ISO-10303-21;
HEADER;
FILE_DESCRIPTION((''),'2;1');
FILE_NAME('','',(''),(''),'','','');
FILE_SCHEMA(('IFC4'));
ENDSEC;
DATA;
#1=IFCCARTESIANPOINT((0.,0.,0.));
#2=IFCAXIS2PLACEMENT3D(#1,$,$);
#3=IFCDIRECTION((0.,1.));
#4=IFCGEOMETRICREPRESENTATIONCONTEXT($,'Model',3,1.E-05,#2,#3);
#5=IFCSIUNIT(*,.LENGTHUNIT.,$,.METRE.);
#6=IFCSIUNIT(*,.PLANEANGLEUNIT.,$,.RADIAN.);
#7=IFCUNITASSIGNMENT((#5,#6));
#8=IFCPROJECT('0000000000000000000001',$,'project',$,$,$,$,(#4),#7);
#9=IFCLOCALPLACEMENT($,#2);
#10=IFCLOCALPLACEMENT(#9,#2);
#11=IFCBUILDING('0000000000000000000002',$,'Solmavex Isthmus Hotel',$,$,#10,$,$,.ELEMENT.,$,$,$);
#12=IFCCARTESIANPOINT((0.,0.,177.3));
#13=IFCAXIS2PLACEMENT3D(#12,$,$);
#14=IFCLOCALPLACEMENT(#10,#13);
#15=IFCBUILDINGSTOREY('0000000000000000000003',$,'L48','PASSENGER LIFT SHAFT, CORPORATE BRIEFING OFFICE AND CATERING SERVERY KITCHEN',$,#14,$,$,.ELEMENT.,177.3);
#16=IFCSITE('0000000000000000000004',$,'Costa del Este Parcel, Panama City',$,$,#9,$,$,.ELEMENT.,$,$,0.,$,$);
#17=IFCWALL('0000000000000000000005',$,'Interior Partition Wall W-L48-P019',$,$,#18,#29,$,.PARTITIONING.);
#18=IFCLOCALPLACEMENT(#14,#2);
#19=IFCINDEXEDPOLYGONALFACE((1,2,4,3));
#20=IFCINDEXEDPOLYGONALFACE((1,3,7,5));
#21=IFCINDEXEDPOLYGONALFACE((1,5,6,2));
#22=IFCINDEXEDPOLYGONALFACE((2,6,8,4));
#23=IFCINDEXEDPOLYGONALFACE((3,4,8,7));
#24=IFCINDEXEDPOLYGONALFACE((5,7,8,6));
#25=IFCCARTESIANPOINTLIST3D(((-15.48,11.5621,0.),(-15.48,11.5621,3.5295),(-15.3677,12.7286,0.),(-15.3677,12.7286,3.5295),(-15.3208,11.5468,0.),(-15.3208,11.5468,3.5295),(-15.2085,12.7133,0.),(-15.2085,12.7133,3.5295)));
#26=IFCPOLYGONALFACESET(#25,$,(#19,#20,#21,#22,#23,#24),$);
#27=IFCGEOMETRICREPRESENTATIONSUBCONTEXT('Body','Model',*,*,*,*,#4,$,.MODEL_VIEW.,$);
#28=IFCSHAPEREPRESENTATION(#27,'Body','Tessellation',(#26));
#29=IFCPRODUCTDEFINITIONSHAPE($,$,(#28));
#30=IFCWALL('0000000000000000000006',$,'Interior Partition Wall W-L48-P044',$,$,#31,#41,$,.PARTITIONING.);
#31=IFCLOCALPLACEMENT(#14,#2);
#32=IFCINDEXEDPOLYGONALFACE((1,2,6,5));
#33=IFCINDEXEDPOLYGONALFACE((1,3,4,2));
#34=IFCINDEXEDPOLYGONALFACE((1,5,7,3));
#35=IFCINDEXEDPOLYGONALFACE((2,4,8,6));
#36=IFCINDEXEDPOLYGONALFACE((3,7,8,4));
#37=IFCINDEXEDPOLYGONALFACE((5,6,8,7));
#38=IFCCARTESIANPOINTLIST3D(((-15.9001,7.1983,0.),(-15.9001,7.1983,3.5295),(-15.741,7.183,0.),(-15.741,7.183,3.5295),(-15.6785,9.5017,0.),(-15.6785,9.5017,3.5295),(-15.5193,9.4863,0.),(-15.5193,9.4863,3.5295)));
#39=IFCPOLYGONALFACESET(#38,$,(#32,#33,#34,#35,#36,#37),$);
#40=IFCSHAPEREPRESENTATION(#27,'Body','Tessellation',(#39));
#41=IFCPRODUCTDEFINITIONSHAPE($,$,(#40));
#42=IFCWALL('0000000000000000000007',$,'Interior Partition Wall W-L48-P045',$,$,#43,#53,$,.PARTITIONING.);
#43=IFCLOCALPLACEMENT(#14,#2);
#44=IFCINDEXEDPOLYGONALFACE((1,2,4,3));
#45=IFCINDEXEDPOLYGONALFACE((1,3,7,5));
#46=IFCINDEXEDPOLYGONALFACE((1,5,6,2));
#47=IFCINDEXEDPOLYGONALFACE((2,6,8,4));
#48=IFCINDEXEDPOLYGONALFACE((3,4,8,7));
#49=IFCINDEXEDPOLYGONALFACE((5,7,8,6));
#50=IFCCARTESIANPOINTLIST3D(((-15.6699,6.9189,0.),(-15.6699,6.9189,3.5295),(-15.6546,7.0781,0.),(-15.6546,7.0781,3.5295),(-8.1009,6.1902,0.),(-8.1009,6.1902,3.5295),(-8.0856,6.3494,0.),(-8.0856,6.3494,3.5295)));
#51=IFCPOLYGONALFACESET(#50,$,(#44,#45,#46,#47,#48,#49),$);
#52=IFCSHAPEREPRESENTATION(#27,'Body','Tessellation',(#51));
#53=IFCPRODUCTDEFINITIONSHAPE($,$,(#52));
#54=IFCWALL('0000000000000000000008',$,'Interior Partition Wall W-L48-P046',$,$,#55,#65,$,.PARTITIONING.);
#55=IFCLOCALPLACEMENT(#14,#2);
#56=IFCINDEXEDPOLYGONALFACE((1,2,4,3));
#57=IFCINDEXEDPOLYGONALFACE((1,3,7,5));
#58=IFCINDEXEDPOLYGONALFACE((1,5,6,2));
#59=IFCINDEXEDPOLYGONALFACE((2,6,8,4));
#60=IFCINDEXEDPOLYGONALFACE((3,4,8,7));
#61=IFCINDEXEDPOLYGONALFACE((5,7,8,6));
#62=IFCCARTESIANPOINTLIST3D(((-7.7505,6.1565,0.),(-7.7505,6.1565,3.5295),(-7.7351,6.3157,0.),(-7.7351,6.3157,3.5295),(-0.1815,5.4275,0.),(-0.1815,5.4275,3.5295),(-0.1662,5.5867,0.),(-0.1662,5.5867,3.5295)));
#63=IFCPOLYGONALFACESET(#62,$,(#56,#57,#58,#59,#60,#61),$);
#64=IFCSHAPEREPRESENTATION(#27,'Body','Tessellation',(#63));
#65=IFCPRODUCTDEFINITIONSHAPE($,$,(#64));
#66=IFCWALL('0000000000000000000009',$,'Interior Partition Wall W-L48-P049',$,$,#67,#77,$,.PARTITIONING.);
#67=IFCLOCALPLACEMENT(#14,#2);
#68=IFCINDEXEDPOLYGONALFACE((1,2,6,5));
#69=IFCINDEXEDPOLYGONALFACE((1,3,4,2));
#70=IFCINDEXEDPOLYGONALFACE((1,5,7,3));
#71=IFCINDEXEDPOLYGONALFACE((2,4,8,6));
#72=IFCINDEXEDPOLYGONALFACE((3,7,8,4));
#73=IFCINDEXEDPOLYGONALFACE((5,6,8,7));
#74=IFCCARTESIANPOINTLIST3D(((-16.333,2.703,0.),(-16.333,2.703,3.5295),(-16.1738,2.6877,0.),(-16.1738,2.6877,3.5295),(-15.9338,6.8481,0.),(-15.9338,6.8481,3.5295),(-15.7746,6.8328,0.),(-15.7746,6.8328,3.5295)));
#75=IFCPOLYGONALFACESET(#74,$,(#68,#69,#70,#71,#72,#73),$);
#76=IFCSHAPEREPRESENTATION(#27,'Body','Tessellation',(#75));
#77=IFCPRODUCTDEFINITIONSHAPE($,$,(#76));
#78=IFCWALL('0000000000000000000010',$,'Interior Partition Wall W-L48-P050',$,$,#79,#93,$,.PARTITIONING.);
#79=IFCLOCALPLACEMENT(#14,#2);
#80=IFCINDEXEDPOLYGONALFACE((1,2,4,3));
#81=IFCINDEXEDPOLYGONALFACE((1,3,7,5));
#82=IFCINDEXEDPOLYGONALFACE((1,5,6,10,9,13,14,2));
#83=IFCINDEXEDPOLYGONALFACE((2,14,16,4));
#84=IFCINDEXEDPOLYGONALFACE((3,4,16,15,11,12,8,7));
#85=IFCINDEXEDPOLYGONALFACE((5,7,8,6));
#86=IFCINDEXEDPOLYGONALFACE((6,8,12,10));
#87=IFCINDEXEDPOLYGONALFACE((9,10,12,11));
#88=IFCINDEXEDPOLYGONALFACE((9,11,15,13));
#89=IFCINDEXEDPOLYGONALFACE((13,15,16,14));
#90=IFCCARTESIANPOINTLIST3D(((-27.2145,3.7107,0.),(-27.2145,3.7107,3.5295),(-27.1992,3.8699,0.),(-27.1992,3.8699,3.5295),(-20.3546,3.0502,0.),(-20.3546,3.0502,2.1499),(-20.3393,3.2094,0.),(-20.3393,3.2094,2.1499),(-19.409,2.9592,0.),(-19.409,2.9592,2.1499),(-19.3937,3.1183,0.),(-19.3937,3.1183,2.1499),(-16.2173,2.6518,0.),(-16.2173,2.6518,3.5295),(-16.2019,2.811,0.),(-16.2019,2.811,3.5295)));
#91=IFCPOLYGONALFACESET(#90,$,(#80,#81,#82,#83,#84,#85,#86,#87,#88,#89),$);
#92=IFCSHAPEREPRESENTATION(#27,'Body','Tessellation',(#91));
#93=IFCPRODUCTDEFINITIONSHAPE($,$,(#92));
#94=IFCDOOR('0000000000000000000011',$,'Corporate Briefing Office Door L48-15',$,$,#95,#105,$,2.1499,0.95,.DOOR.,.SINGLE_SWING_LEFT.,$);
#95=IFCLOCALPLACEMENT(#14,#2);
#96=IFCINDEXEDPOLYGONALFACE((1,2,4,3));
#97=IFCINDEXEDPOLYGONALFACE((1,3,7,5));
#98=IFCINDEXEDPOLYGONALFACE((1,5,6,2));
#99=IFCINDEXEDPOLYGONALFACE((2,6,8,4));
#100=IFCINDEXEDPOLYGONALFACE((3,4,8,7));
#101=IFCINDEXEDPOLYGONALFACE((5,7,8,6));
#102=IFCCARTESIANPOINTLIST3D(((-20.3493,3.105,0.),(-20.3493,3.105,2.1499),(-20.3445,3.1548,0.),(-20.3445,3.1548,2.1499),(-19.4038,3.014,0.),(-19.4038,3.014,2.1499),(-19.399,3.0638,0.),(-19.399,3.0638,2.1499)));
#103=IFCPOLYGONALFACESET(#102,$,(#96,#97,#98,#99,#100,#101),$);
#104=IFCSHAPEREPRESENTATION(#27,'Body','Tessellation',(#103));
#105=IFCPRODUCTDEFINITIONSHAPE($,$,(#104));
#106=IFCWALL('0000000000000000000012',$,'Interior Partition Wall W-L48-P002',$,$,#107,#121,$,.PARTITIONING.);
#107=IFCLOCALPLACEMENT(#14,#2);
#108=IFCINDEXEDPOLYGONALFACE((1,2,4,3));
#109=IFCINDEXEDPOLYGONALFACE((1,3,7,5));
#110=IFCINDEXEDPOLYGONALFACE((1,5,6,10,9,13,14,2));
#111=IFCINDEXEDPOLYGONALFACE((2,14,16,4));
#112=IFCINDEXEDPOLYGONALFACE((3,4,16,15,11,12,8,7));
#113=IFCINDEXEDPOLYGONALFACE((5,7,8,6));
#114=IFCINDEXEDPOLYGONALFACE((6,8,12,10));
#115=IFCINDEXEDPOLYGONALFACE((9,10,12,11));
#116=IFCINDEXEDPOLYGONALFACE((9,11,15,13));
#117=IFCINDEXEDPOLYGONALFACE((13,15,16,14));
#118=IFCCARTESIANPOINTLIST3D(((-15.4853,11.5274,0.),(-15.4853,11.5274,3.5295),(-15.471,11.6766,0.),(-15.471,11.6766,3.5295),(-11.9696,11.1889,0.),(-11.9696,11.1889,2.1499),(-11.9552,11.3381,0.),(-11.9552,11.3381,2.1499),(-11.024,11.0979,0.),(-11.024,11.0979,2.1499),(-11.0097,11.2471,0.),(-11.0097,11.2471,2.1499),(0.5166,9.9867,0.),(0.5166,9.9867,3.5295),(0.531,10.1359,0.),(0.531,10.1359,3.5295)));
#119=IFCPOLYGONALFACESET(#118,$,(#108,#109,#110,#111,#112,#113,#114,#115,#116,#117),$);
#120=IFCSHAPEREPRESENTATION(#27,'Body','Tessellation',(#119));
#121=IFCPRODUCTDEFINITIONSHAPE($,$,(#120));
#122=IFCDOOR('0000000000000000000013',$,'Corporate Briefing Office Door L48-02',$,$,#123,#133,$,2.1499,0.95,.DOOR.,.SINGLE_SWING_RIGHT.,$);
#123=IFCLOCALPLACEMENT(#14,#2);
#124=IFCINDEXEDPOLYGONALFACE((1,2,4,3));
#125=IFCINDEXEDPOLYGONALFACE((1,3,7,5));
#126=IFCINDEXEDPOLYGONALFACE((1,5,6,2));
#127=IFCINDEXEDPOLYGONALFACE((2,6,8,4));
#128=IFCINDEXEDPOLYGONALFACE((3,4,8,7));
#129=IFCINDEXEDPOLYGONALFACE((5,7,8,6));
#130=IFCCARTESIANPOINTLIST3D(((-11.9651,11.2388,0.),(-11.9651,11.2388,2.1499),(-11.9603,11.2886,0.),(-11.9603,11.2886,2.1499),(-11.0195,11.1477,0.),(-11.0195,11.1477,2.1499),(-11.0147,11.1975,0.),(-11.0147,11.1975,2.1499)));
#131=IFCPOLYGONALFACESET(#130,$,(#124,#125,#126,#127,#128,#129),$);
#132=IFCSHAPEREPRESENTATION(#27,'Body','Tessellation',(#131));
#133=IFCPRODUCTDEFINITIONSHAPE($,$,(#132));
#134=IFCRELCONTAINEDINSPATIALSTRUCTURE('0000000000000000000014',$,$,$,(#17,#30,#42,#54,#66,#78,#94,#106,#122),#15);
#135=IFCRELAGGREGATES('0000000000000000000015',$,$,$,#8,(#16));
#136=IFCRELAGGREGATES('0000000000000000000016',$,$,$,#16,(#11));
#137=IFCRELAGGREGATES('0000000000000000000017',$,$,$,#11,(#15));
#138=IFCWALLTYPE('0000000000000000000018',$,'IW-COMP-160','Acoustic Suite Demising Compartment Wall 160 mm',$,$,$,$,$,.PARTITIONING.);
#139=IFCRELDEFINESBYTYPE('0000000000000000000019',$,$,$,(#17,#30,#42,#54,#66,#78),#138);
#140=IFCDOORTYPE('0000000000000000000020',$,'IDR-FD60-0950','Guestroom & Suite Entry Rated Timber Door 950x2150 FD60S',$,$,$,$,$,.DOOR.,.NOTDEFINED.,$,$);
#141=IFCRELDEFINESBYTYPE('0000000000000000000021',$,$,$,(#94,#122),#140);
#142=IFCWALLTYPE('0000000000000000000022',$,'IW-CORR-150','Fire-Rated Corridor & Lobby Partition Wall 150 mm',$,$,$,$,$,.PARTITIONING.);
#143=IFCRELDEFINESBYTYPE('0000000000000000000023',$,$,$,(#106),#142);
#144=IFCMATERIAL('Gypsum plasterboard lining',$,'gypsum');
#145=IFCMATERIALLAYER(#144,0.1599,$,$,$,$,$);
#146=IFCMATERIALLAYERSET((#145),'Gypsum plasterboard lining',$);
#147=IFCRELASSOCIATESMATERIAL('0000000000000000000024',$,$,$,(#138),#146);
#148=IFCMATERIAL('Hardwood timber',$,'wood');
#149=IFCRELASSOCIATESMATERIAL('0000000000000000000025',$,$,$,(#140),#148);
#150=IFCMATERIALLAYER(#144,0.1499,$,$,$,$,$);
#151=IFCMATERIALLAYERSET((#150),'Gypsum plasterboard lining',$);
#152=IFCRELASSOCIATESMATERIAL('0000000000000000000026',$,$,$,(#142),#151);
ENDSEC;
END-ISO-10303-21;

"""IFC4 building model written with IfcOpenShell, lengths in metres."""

from ifc_helpers import new_model, si_unit, direction, frame, frame_2d, origin, place, context, subcontext, project, spatial, rectangle, extrude, material, layer, layer_set, type_object, element, fill, save


model = new_model("IFC4")

# Units and contexts
model_context = context("Model", 3, precision=1e-05, world=origin(), true_north=direction((0.0, 1.0)))
body_context = subcontext(model_context, "Body", "Model", "MODEL_VIEW")
ifc_project = project(units=[si_unit("LENGTHUNIT", "METRE"), si_unit("PLANEANGLEUNIT", "RADIAN")], contexts=[model_context])

# Site, building, storey
site_placement = place(None, origin())
site = spatial("IfcSite", under=ifc_project, at=site_placement, Name="Costa del Este Parcel, Panama City", CompositionType="ELEMENT", RefElevation=0.0)
building_placement = place(site_placement, origin())
building = spatial("IfcBuilding", under=site, at=building_placement, Name="Solmavex Isthmus Hotel", CompositionType="ELEMENT")
storey_placement = place(building_placement, frame((0.0, 0.0, 177.3)))
storey = spatial("IfcBuildingStorey", under=building, at=storey_placement, Name="L48", Description="PASSENGER LIFT SHAFT, CORPORATE BRIEFING OFFICE AND CATERING SERVERY KITCHEN", CompositionType="ELEMENT", Elevation=177.3)

# Walls
ifc_material_1 = material(Name="Gypsum plasterboard lining", Category="gypsum")
ifc_layer_1 = layer(ifc_material_1, 0.1599)
ifc_layer_set_1 = layer_set([ifc_layer_1], Name="Gypsum plasterboard lining")
wall_type_1 = type_object("IfcWallType", Name="IW-COMP-160", Description="Acoustic Suite Demising Compartment Wall 160 mm", PredefinedType="PARTITIONING", material=ifc_layer_set_1)
wall_1_placement = place(storey_placement, frame((-15.2881, 12.7209, 0.0), z_axis=(0.0, 0.0, 1.0), x_axis=(-0.095831, -0.995398, 0.0)))
element("IfcWall", 1, at=wall_1_placement, inside=storey, type_object=wall_type_1, Name="Interior Partition Wall W-L48-P019", PredefinedType="PARTITIONING", context=body_context, shape_type="SweptSolid", body=[
    extrude(rectangle(XDim=1.1719, YDim=0.1599, at=frame_2d((0.5859, 0.0))), origin(), (0.0, 0.0, 1.0), 3.5295),
])
wall_2_placement = place(storey_placement, frame((-15.8206, 7.1907, 0.0), z_axis=(0.0, 0.0, 1.0), x_axis=(0.095805, 0.9954, 0.0)))
element("IfcWall", 2, at=wall_2_placement, inside=storey, type_object=wall_type_1, Name="Interior Partition Wall W-L48-P044", PredefinedType="PARTITIONING", context=body_context, shape_type="SweptSolid", body=[
    extrude(rectangle(XDim=2.314, YDim=0.1599, at=frame_2d((1.157, 0.0))), origin(), (0.0, 0.0, 1.0), 3.5295),
])
for number, where, z_axis, x_axis, name in (
    (3, (-8.0933, 6.2698, 0.0), (0.0, 0.0, 1.0), (-0.995397, 0.095838, 0.0), "Interior Partition Wall W-L48-P045"),
    (4, (-0.1738, 5.5071, 0.0), (0.0, 0.0, 1.0), (-0.995394, 0.09587, 0.0), "Interior Partition Wall W-L48-P046"),
):
    element("IfcWall", number, at=place(storey_placement, frame(where, z_axis=z_axis, x_axis=x_axis)), inside=storey, type_object=wall_type_1, Name=name, PredefinedType="PARTITIONING", context=body_context, shape_type="SweptSolid", body=[
        extrude(rectangle(XDim=7.604, YDim=0.1599, at=frame_2d((3.802, 0.0))), origin(), (0.0, 0.0, 1.0), 3.5295),
    ])
wall_3_placement = place(storey_placement, frame((-15.8542, 6.8403, 0.0), z_axis=(0.0, 0.0, 1.0), x_axis=(-0.095858, -0.995395, 0.0)))
element("IfcWall", 5, at=wall_3_placement, inside=storey, type_object=wall_type_1, Name="Interior Partition Wall W-L48-P049", PredefinedType="PARTITIONING", context=body_context, shape_type="SweptSolid", body=[
    extrude(rectangle(XDim=4.1643, YDim=0.1599, at=frame_2d((2.082, 0.0))), origin(), (0.0, 0.0, 1.0), 3.5295),
])

# Walls, openings, doors
wall_4_placement = place(storey_placement, frame((-16.2097, 2.7314, 0.0), z_axis=(0.0, 0.0, 1.0), x_axis=(-0.995397, 0.095838, 0.0)))
wall_4 = element("IfcWall", 6, at=wall_4_placement, inside=storey, type_object=wall_type_1, Name="Interior Partition Wall W-L48-P050", PredefinedType="PARTITIONING", context=body_context, shape_type="SweptSolid", body=[
    extrude(rectangle(XDim=11.0481, YDim=0.1599, at=frame_2d((5.5239, 0.0))), origin(), (0.0, 0.0, 1.0), 3.5295),
])
opening_1_placement = place(wall_4_placement, frame((3.2063, 0.0, 0.0)))
opening_1 = element("IfcOpeningElement", 7, at=opening_1_placement, cuts=wall_4, PredefinedType="OPENING", context=body_context, shape_type="SweptSolid", body=[
    extrude(rectangle(XDim=0.95, YDim=2.1499, at=frame_2d((0.4751, 1.075))), frame((0.0, 0.0898, 0.0), z_axis=(0.0, -1.0, 0.0), x_axis=(1.0, 0.0, 0.0)), (0.0, 0.0, 1.0), 0.1799),
])
ifc_material_2 = material(Name="Hardwood timber", Category="wood")
door_type = type_object("IfcDoorType", Name="IDR-FD60-0950", Description="Guestroom & Suite Entry Rated Timber Door 950x2150 FD60S", OperationType="NOTDEFINED", PredefinedType="DOOR", material=ifc_material_2)
door_1_placement = place(opening_1_placement, origin())
door_1 = element("IfcDoor", 8, at=door_1_placement, inside=storey, type_object=door_type, Name="Corporate Briefing Office Door L48-15", OperationType="SINGLE_SWING_LEFT", OverallHeight=2.1499, OverallWidth=0.95, PredefinedType="DOOR", context=body_context, shape_type="SweptSolid", body=[
    extrude(rectangle(XDim=0.95, YDim=2.1499, at=frame_2d((0.4751, 1.075))), frame((0.0, 0.0249, 0.0), z_axis=(0.0, -1.0, 0.0), x_axis=(1.0, 0.0, 0.0)), (0.0, 0.0, 1.0), 0.05),
])
fill(opening_1, door_1)
ifc_layer_2 = layer(ifc_material_1, 0.1499)
ifc_layer_set_2 = layer_set([ifc_layer_2], Name="Gypsum plasterboard lining")
wall_type_2 = type_object("IfcWallType", Name="IW-CORR-150", Description="Fire-Rated Corridor & Lobby Partition Wall 150 mm", PredefinedType="PARTITIONING", material=ifc_layer_set_2)
wall_5_placement = place(storey_placement, frame((-15.4783, 11.6021, 0.0), z_axis=(0.0, 0.0, 1.0), x_axis=(0.995396, -0.095843, 0.0)))
wall_5 = element("IfcWall", 9, at=wall_5_placement, inside=storey, type_object=wall_type_2, Name="Interior Partition Wall W-L48-P002", PredefinedType="PARTITIONING", context=body_context, shape_type="SweptSolid", body=[
    extrude(rectangle(XDim=16.0759, YDim=0.1499, at=frame_2d((8.0381, 0.0))), origin(), (0.0, 0.0, 1.0), 3.5295),
])
opening_2_placement = place(wall_5_placement, frame((3.532, 0.0, 0.0)))
opening_2 = element("IfcOpeningElement", 10, at=opening_2_placement, cuts=wall_5, PredefinedType="OPENING", context=body_context, shape_type="SweptSolid", body=[
    extrude(rectangle(XDim=0.95, YDim=2.1499, at=frame_2d((0.4751, 1.075))), frame((0.0, 0.085, 0.0), z_axis=(0.0, -1.0, 0.0), x_axis=(1.0, 0.0, 0.0)), (0.0, 0.0, 1.0), 0.1699),
])
door_2_placement = place(opening_2_placement, frame((0.95, 0.0, 0.0), z_axis=(0.0, 0.0, 1.0), x_axis=(-1.0, 0.0, 0.0)))
door_2 = element("IfcDoor", 11, at=door_2_placement, inside=storey, type_object=door_type, Name="Corporate Briefing Office Door L48-02", OperationType="SINGLE_SWING_RIGHT", OverallHeight=2.1499, OverallWidth=0.95, PredefinedType="DOOR", context=body_context, shape_type="SweptSolid", body=[
    extrude(rectangle(XDim=0.95, YDim=2.1499, at=frame_2d((0.4751, 1.075))), frame((0.0, 0.0249, 0.0), z_axis=(0.0, -1.0, 0.0), x_axis=(1.0, 0.0, 0.0)), (0.0, 0.0, 1.0), 0.05),
])
fill(opening_2, door_2)

save(model, "model.ifc")
